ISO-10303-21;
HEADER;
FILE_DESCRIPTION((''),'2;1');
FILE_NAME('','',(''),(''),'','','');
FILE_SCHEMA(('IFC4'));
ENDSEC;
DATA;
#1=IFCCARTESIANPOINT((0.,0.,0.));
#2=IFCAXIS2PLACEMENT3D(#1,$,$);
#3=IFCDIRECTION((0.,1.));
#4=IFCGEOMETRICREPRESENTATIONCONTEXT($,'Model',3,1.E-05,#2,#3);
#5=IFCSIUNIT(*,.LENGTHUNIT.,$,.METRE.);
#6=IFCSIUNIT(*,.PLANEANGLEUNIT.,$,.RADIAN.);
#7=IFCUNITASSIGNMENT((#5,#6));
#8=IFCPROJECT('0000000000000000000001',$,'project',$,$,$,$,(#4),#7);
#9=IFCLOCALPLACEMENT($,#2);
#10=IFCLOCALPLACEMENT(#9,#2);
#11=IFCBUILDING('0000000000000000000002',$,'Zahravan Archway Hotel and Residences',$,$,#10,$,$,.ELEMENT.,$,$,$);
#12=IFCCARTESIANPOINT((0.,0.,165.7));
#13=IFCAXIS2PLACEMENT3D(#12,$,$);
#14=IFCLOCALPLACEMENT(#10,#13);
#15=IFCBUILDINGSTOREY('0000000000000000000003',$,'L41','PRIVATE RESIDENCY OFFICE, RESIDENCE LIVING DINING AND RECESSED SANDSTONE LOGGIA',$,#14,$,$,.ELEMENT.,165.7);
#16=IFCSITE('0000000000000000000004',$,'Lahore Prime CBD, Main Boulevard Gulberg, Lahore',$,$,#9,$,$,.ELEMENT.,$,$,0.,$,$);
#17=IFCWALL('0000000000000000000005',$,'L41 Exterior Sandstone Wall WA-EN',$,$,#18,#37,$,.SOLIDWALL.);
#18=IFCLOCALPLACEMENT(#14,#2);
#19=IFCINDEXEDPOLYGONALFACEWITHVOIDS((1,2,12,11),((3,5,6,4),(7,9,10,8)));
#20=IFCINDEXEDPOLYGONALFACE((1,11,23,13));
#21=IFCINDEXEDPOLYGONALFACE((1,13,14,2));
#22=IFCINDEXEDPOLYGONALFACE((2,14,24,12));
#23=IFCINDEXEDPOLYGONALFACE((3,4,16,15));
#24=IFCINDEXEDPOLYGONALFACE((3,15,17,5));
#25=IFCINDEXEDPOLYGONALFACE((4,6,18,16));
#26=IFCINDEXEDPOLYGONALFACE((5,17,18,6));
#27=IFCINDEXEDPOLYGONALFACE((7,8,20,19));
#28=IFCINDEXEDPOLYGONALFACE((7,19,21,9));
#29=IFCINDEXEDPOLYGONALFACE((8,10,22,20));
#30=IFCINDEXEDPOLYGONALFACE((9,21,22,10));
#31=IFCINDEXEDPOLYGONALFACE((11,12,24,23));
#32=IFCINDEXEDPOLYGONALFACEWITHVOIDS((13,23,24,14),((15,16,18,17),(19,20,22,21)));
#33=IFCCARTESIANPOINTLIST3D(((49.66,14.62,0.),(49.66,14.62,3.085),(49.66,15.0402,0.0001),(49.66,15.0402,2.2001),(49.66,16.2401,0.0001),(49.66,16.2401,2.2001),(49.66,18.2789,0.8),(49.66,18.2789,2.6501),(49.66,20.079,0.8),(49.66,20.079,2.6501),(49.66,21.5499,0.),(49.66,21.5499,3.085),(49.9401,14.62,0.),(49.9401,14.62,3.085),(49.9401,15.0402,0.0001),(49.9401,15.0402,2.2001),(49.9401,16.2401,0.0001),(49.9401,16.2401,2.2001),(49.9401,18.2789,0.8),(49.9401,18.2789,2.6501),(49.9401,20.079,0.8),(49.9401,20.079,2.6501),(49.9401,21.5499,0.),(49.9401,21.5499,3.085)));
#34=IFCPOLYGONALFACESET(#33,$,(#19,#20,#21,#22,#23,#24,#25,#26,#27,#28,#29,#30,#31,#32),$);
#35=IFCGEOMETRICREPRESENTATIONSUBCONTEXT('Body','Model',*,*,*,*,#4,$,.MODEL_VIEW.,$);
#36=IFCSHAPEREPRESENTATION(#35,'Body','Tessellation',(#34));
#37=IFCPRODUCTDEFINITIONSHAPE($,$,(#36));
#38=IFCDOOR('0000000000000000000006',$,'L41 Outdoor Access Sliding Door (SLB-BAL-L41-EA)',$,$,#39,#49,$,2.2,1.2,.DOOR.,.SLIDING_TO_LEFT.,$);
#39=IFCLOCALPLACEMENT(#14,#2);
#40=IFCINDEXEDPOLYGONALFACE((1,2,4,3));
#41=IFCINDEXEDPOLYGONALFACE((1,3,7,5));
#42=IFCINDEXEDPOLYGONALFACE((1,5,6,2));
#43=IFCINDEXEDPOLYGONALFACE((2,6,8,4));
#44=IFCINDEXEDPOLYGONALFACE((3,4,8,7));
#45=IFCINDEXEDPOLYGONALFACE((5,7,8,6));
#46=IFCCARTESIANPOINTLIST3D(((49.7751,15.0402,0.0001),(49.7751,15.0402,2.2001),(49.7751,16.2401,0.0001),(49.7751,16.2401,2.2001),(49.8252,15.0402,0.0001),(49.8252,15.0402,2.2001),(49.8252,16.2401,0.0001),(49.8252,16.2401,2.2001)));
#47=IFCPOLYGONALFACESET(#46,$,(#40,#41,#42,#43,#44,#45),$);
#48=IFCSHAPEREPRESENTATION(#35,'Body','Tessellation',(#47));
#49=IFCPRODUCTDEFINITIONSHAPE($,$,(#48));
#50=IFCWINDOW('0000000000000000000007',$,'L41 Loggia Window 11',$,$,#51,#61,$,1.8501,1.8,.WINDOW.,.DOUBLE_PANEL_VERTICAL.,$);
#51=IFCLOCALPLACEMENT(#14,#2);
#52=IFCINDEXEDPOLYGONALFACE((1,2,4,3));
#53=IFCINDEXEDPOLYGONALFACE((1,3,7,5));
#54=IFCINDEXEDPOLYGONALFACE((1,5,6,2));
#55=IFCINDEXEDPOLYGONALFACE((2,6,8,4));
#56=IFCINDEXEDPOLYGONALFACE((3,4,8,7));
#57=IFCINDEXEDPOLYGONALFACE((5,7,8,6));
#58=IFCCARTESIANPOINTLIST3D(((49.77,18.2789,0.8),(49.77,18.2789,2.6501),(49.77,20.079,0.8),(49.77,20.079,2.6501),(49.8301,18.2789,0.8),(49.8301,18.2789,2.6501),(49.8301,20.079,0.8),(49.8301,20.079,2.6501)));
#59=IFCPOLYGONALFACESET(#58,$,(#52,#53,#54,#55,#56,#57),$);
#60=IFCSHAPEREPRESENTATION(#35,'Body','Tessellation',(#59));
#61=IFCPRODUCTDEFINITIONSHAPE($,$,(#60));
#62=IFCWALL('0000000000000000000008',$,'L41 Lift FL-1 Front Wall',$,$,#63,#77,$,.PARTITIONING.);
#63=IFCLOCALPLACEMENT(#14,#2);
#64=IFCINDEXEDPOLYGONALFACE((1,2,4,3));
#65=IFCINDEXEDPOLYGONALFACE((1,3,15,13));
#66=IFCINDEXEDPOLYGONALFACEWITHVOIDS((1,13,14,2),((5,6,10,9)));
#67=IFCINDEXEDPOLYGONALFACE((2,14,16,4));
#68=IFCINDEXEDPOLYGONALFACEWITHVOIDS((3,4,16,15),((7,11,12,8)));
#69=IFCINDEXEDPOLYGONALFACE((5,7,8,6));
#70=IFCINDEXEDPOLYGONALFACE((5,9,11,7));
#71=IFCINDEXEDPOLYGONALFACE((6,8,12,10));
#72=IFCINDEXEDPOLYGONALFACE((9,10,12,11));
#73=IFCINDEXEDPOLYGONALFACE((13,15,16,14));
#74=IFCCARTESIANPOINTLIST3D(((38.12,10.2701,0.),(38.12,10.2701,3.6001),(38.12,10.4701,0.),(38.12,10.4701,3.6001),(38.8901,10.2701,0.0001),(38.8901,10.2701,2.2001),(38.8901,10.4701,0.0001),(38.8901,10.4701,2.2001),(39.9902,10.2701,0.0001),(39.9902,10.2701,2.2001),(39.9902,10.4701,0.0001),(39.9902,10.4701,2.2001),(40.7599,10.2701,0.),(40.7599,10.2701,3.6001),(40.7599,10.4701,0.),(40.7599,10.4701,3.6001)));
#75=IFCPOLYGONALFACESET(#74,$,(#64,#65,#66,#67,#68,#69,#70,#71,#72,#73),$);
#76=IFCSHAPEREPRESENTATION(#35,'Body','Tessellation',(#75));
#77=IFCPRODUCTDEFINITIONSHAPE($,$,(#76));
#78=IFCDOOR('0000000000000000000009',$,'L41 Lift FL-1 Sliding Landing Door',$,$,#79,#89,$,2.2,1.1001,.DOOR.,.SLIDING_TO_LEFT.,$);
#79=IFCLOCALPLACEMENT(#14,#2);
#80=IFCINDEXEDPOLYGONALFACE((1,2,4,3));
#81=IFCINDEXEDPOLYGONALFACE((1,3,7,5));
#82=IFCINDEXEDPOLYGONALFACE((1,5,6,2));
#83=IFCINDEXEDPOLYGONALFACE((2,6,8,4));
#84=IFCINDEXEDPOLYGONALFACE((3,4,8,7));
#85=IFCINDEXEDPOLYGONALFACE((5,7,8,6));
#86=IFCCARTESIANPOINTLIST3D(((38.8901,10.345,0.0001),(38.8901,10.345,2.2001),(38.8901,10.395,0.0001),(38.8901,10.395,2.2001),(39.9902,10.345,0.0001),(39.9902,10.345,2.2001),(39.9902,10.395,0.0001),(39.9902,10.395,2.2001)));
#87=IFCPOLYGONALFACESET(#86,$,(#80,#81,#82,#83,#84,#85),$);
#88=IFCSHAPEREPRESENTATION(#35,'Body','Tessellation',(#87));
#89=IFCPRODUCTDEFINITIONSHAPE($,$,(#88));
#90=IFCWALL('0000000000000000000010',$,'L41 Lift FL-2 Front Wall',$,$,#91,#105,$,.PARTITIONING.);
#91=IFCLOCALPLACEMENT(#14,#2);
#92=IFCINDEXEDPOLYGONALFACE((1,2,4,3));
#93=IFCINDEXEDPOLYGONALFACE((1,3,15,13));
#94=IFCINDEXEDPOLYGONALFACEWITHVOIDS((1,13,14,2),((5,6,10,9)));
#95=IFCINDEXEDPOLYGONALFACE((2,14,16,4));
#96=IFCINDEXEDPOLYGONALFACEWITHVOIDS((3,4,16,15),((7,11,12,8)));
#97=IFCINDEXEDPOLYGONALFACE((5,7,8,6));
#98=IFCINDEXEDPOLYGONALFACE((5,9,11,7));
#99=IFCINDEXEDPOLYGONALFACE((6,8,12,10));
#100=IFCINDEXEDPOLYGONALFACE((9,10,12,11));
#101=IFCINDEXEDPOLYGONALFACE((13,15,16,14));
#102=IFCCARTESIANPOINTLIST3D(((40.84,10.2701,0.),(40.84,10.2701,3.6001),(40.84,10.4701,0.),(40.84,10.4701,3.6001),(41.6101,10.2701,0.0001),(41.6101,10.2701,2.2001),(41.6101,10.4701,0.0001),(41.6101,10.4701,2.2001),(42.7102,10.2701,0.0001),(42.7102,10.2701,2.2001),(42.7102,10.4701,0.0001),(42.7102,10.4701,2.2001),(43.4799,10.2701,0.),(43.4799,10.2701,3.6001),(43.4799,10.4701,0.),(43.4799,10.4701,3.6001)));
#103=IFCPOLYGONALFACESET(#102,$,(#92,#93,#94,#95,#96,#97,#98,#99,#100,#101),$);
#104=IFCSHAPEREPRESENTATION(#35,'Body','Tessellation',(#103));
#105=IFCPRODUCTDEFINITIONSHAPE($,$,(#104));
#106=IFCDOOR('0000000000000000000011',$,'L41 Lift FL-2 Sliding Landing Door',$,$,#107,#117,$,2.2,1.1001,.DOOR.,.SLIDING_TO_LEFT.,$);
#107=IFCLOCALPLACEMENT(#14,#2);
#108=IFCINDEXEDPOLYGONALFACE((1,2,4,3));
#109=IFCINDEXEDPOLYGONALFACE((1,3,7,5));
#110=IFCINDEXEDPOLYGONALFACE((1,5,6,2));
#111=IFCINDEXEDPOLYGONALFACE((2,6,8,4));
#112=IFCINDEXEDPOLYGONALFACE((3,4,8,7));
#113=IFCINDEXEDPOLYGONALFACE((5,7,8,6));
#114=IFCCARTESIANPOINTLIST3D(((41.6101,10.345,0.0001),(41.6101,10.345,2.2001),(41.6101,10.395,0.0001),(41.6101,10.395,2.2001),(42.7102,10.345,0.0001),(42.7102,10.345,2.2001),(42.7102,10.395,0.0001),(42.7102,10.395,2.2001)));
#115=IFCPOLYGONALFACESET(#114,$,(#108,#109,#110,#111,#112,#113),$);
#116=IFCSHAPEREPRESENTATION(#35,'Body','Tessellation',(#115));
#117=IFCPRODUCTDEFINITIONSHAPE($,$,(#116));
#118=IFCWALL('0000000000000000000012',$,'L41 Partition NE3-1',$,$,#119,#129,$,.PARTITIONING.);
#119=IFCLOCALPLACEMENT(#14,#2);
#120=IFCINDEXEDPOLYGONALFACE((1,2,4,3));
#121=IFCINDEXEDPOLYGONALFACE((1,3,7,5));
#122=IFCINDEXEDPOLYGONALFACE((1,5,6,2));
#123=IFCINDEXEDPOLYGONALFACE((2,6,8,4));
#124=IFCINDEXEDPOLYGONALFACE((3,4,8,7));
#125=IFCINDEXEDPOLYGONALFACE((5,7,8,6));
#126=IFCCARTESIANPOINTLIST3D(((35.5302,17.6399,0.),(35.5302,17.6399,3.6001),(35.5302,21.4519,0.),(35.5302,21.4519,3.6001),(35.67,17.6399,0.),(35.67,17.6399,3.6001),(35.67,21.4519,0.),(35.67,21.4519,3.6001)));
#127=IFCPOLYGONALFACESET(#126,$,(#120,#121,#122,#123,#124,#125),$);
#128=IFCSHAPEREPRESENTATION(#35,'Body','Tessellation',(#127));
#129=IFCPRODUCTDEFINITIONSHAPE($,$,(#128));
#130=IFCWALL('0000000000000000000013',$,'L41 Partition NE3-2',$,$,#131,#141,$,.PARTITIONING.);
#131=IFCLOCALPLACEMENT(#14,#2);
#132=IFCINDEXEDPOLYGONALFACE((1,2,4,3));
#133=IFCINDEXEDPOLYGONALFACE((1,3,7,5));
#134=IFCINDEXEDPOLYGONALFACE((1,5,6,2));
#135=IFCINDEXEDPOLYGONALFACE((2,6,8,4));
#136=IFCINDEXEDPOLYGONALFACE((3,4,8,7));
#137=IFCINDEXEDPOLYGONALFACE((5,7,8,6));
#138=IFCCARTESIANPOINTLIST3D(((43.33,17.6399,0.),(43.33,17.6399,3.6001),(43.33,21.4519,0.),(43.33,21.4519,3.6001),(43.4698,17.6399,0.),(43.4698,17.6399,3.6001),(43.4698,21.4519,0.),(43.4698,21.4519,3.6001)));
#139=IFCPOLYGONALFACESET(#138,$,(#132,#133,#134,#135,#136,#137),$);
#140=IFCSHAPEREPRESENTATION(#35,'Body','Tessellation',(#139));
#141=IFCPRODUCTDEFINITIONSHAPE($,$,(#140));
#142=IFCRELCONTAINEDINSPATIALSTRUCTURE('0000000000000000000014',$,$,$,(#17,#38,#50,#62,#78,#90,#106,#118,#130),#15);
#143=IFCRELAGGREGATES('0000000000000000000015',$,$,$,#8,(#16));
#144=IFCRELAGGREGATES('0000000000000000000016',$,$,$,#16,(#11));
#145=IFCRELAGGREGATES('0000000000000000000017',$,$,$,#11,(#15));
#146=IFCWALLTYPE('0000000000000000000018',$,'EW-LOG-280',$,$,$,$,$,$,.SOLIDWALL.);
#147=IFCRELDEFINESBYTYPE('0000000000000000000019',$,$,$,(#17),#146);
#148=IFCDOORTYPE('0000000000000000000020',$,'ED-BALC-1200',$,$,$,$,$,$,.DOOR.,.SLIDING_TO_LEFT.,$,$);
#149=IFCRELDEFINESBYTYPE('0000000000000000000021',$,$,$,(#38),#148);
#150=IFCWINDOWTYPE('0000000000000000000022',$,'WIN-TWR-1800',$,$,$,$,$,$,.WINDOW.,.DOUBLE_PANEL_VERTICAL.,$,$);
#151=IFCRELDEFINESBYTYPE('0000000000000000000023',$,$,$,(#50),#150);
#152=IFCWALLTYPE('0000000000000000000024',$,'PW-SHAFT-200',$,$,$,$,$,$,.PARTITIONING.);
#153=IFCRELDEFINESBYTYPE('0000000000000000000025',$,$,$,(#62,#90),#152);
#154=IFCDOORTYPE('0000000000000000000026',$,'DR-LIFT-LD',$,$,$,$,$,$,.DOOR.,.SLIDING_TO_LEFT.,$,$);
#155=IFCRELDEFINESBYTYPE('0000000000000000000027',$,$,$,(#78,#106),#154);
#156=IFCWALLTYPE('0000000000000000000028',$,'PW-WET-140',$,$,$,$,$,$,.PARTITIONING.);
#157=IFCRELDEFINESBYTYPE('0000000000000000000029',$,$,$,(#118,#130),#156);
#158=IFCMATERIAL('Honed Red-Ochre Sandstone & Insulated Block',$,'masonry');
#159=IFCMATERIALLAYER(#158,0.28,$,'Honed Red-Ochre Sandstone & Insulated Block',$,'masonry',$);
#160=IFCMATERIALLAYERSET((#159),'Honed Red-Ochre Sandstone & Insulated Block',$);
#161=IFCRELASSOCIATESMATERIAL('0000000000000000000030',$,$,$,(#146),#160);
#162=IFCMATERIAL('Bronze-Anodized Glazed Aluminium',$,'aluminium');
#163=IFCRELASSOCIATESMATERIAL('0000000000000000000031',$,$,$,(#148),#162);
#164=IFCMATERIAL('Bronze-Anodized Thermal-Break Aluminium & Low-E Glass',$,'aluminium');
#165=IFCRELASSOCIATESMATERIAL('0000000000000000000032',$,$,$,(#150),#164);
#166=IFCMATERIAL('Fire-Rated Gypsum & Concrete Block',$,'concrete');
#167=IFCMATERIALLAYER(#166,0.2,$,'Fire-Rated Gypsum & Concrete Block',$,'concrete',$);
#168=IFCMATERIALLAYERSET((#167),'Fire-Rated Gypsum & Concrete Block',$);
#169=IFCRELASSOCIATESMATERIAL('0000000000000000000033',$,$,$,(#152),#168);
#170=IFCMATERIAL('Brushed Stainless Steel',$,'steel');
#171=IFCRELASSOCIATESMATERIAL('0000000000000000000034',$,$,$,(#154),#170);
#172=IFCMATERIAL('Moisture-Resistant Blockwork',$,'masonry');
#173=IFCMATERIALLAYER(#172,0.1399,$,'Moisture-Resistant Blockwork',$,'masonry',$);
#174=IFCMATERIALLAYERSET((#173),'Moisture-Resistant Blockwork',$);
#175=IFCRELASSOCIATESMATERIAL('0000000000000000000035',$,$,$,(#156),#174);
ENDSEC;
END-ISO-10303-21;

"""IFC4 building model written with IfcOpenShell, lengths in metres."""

from ifc_helpers import new_model, si_unit, direction, frame, frame_2d, origin, place, context, subcontext, project, spatial, rectangle, extrude, source, transform, mapped, material, layer, layer_set, type_object, type_shapes, element, fill, save


model = new_model("IFC4")

# Units and contexts
model_context = context("Model", 3, precision=1e-05, world=origin(), true_north=direction((0.0, 1.0)))
body_context = subcontext(model_context, "Body", "Model", "MODEL_VIEW")
ifc_project = project(units=[si_unit("LENGTHUNIT", "METRE"), si_unit("PLANEANGLEUNIT", "RADIAN")], contexts=[model_context])

# Site, building, storey
site_placement = place(None, origin())
site = spatial("IfcSite", under=ifc_project, at=site_placement, Name="Lahore Prime CBD, Main Boulevard Gulberg, Lahore", CompositionType="ELEMENT", RefElevation=0.0)
building_placement = place(site_placement, origin())
building = spatial("IfcBuilding", under=site, at=building_placement, Name="Zahravan Archway Hotel and Residences", CompositionType="ELEMENT")
storey_placement = place(building_placement, frame((0.0, 0.0, 165.7)))
storey = spatial("IfcBuildingStorey", under=building, at=storey_placement, Name="L41", Description="PRIVATE RESIDENCY OFFICE, RESIDENCE LIVING DINING AND RECESSED SANDSTONE LOGGIA", CompositionType="ELEMENT", Elevation=165.7)

# Wall, openings, door, window
ifc_material_1 = material(Name="Honed Red-Ochre Sandstone & Insulated Block", Category="masonry")
ifc_layer_1 = layer(ifc_material_1, 0.28, Name="Honed Red-Ochre Sandstone & Insulated Block", Category="masonry")
ifc_layer_set_1 = layer_set([ifc_layer_1], Name="Honed Red-Ochre Sandstone & Insulated Block")
wall_type_1 = type_object("IfcWallType", Name="EW-LOG-280", PredefinedType="SOLIDWALL", material=ifc_layer_set_1)
wall_1_placement = place(storey_placement, frame((49.8, 14.6201, 0.0), z_axis=(0.0, 0.0, 1.0), x_axis=(0.0, 1.0, 0.0)))
wall_1 = element("IfcWall", 1, at=wall_1_placement, inside=storey, type_object=wall_type_1, Name="L41 Exterior Sandstone Wall WA-EN", PredefinedType="SOLIDWALL", context=body_context, shape_type="SweptSolid", body=[
    extrude(rectangle(XDim=6.9299, YDim=0.28, at=frame_2d((3.4648, 0.0))), origin(), (0.0, 0.0, 1.0), 3.085),
])
opening_1_placement = place(wall_1_placement, frame((0.4199, 0.0, 0.0)))
opening_1 = element("IfcOpeningElement", 2, at=opening_1_placement, cuts=wall_1, PredefinedType="OPENING", context=body_context, shape_type="SweptSolid", body=[
    extrude(rectangle(XDim=1.2, YDim=2.2, at=frame_2d((0.6001, 1.1001))), frame((0.0, 0.1499, 0.0), z_axis=(0.0, -1.0, 0.0), x_axis=(1.0, 0.0, 0.0)), (0.0, 0.0, 1.0), 0.3),
])
opening_2_placement = place(wall_1_placement, frame((3.6589, 0.0, 0.8)))
opening_2 = element("IfcOpeningElement", 3, at=opening_2_placement, cuts=wall_1, PredefinedType="OPENING", context=body_context, shape_type="SweptSolid", body=[
    extrude(rectangle(XDim=1.8, YDim=1.8501, at=frame_2d((0.8999, 0.925))), frame((0.0, 0.1499, 0.0), z_axis=(0.0, -1.0, 0.0), x_axis=(1.0, 0.0, 0.0)), (0.0, 0.0, 1.0), 0.3),
])
ifc_material_2 = material(Name="Bronze-Anodized Glazed Aluminium", Category="aluminium")
door_type_1 = type_object("IfcDoorType", Name="ED-BALC-1200", OperationType="SLIDING_TO_LEFT", PredefinedType="DOOR", material=ifc_material_2)
shared_shape_1 = source(origin(), body_context, "Body", "SweptSolid", [
    extrude(rectangle(XDim=1.2, YDim=2.2, at=frame_2d((0.6001, 1.1001))), frame((0.0, 0.0249, 0.0), z_axis=(0.0, -1.0, 0.0), x_axis=(1.0, 0.0, 0.0)), (0.0, 0.0, 1.0), 0.05),
])
type_shapes(door_type_1, [shared_shape_1])
door_1_placement = place(opening_1_placement, origin())
door_1 = element("IfcDoor", 4, at=door_1_placement, inside=storey, type_object=door_type_1, Name="L41 Outdoor Access Sliding Door (SLB-BAL-L41-EA)", OperationType="SLIDING_TO_LEFT", OverallHeight=2.2, OverallWidth=1.2, PredefinedType="DOOR", context=body_context, shape_type="MappedRepresentation", body=[
    mapped(shared_shape_1, transform((0.0, 0.0, 0.0), scale=1.0)),
])
fill(opening_1, door_1)
ifc_material_3 = material(Name="Bronze-Anodized Thermal-Break Aluminium & Low-E Glass", Category="aluminium")
window_type = type_object("IfcWindowType", Name="WIN-TWR-1800", PartitioningType="DOUBLE_PANEL_VERTICAL", PredefinedType="WINDOW", material=ifc_material_3)
shared_shape_2 = source(origin(), body_context, "Body", "SweptSolid", [
    extrude(rectangle(XDim=1.8, YDim=1.8501, at=frame_2d((0.8999, 0.925))), frame((0.0, 0.03, 0.0), z_axis=(0.0, -1.0, 0.0), x_axis=(1.0, 0.0, 0.0)), (0.0, 0.0, 1.0), 0.0601),
])
type_shapes(window_type, [shared_shape_2])
window_placement = place(opening_2_placement, origin())
window = element("IfcWindow", 5, at=window_placement, inside=storey, type_object=window_type, Name="L41 Loggia Window 11", OverallHeight=1.8501, OverallWidth=1.8, PartitioningType="DOUBLE_PANEL_VERTICAL", PredefinedType="WINDOW", context=body_context, shape_type="MappedRepresentation", body=[
    mapped(shared_shape_2, transform((0.0, 0.0, 0.0), scale=1.0)),
])
fill(opening_2, window)

# Walls, openings, doors
ifc_material_4 = material(Name="Fire-Rated Gypsum & Concrete Block", Category="concrete")
ifc_layer_2 = layer(ifc_material_4, 0.2, Name="Fire-Rated Gypsum & Concrete Block", Category="concrete")
ifc_layer_set_2 = layer_set([ifc_layer_2], Name="Fire-Rated Gypsum & Concrete Block")
wall_type_2 = type_object("IfcWallType", Name="PW-SHAFT-200", PredefinedType="PARTITIONING", material=ifc_layer_set_2)
wall_2_placement = place(storey_placement, frame((38.1201, 10.3701, 0.0), z_axis=(0.0, 0.0, 1.0), x_axis=(1.0, 0.0, 0.0)))
wall_2 = element("IfcWall", 6, at=wall_2_placement, inside=storey, type_object=wall_type_2, Name="L41 Lift FL-1 Front Wall", PredefinedType="PARTITIONING", context=body_context, shape_type="SweptSolid", body=[
    extrude(rectangle(XDim=2.6399, YDim=0.2, at=frame_2d((1.3198, 0.0))), origin(), (0.0, 0.0, 1.0), 3.6001),
])
opening_3_placement = place(wall_2_placement, frame((0.77, 0.0, 0.0)))
opening_3 = element("IfcOpeningElement", 7, at=opening_3_placement, cuts=wall_2, PredefinedType="OPENING", context=body_context, shape_type="SweptSolid", body=[
    extrude(rectangle(XDim=1.1001, YDim=2.2, at=frame_2d((0.55, 1.1001))), frame((0.0, 0.1099, 0.0), z_axis=(0.0, -1.0, 0.0), x_axis=(1.0, 0.0, 0.0)), (0.0, 0.0, 1.0), 0.22),
])
ifc_material_5 = material(Name="Brushed Stainless Steel", Category="steel")
door_type_2 = type_object("IfcDoorType", Name="DR-LIFT-LD", OperationType="SLIDING_TO_LEFT", PredefinedType="DOOR", material=ifc_material_5)
shared_shape_3 = source(origin(), body_context, "Body", "SweptSolid", [
    extrude(rectangle(XDim=1.1001, YDim=2.2, at=frame_2d((0.55, 1.1001))), frame((0.0, 0.0249, 0.0), z_axis=(0.0, -1.0, 0.0), x_axis=(1.0, 0.0, 0.0)), (0.0, 0.0, 1.0), 0.05),
])
type_shapes(door_type_2, [shared_shape_3])
door_2_placement = place(opening_3_placement, origin())
door_2 = element("IfcDoor", 8, at=door_2_placement, inside=storey, type_object=door_type_2, Name="L41 Lift FL-1 Sliding Landing Door", OperationType="SLIDING_TO_LEFT", OverallHeight=2.2, OverallWidth=1.1001, PredefinedType="DOOR", context=body_context, shape_type="MappedRepresentation", body=[
    mapped(shared_shape_3, transform((0.0, 0.0, 0.0), scale=1.0)),
])
fill(opening_3, door_2)
wall_3_placement = place(storey_placement, frame((40.8401, 10.3701, 0.0), z_axis=(0.0, 0.0, 1.0), x_axis=(1.0, 0.0, 0.0)))
wall_3 = element("IfcWall", 9, at=wall_3_placement, inside=storey, type_object=wall_type_2, Name="L41 Lift FL-2 Front Wall", PredefinedType="PARTITIONING", context=body_context, shape_type="SweptSolid", body=[
    extrude(rectangle(XDim=2.6399, YDim=0.2, at=frame_2d((1.3198, 0.0))), origin(), (0.0, 0.0, 1.0), 3.6001),
])
opening_4_placement = place(wall_3_placement, frame((0.77, 0.0, 0.0)))
opening_4 = element("IfcOpeningElement", 10, at=opening_4_placement, cuts=wall_3, PredefinedType="OPENING", context=body_context, shape_type="SweptSolid", body=[
    extrude(rectangle(XDim=1.1001, YDim=2.2, at=frame_2d((0.55, 1.1001))), frame((0.0, 0.1099, 0.0), z_axis=(0.0, -1.0, 0.0), x_axis=(1.0, 0.0, 0.0)), (0.0, 0.0, 1.0), 0.22),
])
door_3_placement = place(opening_4_placement, origin())
door_3 = element("IfcDoor", 11, at=door_3_placement, inside=storey, type_object=door_type_2, Name="L41 Lift FL-2 Sliding Landing Door", OperationType="SLIDING_TO_LEFT", OverallHeight=2.2, OverallWidth=1.1001, PredefinedType="DOOR", context=body_context, shape_type="MappedRepresentation", body=[
    mapped(shared_shape_3, transform((0.0, 0.0, 0.0), scale=1.0)),
])
fill(opening_4, door_3)

# Walls
ifc_material_6 = material(Name="Moisture-Resistant Blockwork", Category="masonry")
ifc_layer_3 = layer(ifc_material_6, 0.1399, Name="Moisture-Resistant Blockwork", Category="masonry")
ifc_layer_set_3 = layer_set([ifc_layer_3], Name="Moisture-Resistant Blockwork")
wall_type_3 = type_object("IfcWallType", Name="PW-WET-140", PredefinedType="PARTITIONING", material=ifc_layer_set_3)
for number, where, z_axis, x_axis, name in (
    (12, (35.6001, 17.6399, 0.0), (0.0, 0.0, 1.0), (0.0, 1.0, 0.0), "L41 Partition NE3-1"),
    (13, (43.3999, 17.6399, 0.0), (0.0, 0.0, 1.0), (0.0, 1.0, 0.0), "L41 Partition NE3-2"),
):
    element("IfcWall", number, at=place(storey_placement, frame(where, z_axis=z_axis, x_axis=x_axis)), inside=storey, type_object=wall_type_3, Name=name, PredefinedType="PARTITIONING", context=body_context, shape_type="SweptSolid", body=[
        extrude(rectangle(XDim=3.812, YDim=0.1399, at=frame_2d((1.906, 0.0))), origin(), (0.0, 0.0, 1.0), 3.6001),
    ])

save(model, "model.ifc")
